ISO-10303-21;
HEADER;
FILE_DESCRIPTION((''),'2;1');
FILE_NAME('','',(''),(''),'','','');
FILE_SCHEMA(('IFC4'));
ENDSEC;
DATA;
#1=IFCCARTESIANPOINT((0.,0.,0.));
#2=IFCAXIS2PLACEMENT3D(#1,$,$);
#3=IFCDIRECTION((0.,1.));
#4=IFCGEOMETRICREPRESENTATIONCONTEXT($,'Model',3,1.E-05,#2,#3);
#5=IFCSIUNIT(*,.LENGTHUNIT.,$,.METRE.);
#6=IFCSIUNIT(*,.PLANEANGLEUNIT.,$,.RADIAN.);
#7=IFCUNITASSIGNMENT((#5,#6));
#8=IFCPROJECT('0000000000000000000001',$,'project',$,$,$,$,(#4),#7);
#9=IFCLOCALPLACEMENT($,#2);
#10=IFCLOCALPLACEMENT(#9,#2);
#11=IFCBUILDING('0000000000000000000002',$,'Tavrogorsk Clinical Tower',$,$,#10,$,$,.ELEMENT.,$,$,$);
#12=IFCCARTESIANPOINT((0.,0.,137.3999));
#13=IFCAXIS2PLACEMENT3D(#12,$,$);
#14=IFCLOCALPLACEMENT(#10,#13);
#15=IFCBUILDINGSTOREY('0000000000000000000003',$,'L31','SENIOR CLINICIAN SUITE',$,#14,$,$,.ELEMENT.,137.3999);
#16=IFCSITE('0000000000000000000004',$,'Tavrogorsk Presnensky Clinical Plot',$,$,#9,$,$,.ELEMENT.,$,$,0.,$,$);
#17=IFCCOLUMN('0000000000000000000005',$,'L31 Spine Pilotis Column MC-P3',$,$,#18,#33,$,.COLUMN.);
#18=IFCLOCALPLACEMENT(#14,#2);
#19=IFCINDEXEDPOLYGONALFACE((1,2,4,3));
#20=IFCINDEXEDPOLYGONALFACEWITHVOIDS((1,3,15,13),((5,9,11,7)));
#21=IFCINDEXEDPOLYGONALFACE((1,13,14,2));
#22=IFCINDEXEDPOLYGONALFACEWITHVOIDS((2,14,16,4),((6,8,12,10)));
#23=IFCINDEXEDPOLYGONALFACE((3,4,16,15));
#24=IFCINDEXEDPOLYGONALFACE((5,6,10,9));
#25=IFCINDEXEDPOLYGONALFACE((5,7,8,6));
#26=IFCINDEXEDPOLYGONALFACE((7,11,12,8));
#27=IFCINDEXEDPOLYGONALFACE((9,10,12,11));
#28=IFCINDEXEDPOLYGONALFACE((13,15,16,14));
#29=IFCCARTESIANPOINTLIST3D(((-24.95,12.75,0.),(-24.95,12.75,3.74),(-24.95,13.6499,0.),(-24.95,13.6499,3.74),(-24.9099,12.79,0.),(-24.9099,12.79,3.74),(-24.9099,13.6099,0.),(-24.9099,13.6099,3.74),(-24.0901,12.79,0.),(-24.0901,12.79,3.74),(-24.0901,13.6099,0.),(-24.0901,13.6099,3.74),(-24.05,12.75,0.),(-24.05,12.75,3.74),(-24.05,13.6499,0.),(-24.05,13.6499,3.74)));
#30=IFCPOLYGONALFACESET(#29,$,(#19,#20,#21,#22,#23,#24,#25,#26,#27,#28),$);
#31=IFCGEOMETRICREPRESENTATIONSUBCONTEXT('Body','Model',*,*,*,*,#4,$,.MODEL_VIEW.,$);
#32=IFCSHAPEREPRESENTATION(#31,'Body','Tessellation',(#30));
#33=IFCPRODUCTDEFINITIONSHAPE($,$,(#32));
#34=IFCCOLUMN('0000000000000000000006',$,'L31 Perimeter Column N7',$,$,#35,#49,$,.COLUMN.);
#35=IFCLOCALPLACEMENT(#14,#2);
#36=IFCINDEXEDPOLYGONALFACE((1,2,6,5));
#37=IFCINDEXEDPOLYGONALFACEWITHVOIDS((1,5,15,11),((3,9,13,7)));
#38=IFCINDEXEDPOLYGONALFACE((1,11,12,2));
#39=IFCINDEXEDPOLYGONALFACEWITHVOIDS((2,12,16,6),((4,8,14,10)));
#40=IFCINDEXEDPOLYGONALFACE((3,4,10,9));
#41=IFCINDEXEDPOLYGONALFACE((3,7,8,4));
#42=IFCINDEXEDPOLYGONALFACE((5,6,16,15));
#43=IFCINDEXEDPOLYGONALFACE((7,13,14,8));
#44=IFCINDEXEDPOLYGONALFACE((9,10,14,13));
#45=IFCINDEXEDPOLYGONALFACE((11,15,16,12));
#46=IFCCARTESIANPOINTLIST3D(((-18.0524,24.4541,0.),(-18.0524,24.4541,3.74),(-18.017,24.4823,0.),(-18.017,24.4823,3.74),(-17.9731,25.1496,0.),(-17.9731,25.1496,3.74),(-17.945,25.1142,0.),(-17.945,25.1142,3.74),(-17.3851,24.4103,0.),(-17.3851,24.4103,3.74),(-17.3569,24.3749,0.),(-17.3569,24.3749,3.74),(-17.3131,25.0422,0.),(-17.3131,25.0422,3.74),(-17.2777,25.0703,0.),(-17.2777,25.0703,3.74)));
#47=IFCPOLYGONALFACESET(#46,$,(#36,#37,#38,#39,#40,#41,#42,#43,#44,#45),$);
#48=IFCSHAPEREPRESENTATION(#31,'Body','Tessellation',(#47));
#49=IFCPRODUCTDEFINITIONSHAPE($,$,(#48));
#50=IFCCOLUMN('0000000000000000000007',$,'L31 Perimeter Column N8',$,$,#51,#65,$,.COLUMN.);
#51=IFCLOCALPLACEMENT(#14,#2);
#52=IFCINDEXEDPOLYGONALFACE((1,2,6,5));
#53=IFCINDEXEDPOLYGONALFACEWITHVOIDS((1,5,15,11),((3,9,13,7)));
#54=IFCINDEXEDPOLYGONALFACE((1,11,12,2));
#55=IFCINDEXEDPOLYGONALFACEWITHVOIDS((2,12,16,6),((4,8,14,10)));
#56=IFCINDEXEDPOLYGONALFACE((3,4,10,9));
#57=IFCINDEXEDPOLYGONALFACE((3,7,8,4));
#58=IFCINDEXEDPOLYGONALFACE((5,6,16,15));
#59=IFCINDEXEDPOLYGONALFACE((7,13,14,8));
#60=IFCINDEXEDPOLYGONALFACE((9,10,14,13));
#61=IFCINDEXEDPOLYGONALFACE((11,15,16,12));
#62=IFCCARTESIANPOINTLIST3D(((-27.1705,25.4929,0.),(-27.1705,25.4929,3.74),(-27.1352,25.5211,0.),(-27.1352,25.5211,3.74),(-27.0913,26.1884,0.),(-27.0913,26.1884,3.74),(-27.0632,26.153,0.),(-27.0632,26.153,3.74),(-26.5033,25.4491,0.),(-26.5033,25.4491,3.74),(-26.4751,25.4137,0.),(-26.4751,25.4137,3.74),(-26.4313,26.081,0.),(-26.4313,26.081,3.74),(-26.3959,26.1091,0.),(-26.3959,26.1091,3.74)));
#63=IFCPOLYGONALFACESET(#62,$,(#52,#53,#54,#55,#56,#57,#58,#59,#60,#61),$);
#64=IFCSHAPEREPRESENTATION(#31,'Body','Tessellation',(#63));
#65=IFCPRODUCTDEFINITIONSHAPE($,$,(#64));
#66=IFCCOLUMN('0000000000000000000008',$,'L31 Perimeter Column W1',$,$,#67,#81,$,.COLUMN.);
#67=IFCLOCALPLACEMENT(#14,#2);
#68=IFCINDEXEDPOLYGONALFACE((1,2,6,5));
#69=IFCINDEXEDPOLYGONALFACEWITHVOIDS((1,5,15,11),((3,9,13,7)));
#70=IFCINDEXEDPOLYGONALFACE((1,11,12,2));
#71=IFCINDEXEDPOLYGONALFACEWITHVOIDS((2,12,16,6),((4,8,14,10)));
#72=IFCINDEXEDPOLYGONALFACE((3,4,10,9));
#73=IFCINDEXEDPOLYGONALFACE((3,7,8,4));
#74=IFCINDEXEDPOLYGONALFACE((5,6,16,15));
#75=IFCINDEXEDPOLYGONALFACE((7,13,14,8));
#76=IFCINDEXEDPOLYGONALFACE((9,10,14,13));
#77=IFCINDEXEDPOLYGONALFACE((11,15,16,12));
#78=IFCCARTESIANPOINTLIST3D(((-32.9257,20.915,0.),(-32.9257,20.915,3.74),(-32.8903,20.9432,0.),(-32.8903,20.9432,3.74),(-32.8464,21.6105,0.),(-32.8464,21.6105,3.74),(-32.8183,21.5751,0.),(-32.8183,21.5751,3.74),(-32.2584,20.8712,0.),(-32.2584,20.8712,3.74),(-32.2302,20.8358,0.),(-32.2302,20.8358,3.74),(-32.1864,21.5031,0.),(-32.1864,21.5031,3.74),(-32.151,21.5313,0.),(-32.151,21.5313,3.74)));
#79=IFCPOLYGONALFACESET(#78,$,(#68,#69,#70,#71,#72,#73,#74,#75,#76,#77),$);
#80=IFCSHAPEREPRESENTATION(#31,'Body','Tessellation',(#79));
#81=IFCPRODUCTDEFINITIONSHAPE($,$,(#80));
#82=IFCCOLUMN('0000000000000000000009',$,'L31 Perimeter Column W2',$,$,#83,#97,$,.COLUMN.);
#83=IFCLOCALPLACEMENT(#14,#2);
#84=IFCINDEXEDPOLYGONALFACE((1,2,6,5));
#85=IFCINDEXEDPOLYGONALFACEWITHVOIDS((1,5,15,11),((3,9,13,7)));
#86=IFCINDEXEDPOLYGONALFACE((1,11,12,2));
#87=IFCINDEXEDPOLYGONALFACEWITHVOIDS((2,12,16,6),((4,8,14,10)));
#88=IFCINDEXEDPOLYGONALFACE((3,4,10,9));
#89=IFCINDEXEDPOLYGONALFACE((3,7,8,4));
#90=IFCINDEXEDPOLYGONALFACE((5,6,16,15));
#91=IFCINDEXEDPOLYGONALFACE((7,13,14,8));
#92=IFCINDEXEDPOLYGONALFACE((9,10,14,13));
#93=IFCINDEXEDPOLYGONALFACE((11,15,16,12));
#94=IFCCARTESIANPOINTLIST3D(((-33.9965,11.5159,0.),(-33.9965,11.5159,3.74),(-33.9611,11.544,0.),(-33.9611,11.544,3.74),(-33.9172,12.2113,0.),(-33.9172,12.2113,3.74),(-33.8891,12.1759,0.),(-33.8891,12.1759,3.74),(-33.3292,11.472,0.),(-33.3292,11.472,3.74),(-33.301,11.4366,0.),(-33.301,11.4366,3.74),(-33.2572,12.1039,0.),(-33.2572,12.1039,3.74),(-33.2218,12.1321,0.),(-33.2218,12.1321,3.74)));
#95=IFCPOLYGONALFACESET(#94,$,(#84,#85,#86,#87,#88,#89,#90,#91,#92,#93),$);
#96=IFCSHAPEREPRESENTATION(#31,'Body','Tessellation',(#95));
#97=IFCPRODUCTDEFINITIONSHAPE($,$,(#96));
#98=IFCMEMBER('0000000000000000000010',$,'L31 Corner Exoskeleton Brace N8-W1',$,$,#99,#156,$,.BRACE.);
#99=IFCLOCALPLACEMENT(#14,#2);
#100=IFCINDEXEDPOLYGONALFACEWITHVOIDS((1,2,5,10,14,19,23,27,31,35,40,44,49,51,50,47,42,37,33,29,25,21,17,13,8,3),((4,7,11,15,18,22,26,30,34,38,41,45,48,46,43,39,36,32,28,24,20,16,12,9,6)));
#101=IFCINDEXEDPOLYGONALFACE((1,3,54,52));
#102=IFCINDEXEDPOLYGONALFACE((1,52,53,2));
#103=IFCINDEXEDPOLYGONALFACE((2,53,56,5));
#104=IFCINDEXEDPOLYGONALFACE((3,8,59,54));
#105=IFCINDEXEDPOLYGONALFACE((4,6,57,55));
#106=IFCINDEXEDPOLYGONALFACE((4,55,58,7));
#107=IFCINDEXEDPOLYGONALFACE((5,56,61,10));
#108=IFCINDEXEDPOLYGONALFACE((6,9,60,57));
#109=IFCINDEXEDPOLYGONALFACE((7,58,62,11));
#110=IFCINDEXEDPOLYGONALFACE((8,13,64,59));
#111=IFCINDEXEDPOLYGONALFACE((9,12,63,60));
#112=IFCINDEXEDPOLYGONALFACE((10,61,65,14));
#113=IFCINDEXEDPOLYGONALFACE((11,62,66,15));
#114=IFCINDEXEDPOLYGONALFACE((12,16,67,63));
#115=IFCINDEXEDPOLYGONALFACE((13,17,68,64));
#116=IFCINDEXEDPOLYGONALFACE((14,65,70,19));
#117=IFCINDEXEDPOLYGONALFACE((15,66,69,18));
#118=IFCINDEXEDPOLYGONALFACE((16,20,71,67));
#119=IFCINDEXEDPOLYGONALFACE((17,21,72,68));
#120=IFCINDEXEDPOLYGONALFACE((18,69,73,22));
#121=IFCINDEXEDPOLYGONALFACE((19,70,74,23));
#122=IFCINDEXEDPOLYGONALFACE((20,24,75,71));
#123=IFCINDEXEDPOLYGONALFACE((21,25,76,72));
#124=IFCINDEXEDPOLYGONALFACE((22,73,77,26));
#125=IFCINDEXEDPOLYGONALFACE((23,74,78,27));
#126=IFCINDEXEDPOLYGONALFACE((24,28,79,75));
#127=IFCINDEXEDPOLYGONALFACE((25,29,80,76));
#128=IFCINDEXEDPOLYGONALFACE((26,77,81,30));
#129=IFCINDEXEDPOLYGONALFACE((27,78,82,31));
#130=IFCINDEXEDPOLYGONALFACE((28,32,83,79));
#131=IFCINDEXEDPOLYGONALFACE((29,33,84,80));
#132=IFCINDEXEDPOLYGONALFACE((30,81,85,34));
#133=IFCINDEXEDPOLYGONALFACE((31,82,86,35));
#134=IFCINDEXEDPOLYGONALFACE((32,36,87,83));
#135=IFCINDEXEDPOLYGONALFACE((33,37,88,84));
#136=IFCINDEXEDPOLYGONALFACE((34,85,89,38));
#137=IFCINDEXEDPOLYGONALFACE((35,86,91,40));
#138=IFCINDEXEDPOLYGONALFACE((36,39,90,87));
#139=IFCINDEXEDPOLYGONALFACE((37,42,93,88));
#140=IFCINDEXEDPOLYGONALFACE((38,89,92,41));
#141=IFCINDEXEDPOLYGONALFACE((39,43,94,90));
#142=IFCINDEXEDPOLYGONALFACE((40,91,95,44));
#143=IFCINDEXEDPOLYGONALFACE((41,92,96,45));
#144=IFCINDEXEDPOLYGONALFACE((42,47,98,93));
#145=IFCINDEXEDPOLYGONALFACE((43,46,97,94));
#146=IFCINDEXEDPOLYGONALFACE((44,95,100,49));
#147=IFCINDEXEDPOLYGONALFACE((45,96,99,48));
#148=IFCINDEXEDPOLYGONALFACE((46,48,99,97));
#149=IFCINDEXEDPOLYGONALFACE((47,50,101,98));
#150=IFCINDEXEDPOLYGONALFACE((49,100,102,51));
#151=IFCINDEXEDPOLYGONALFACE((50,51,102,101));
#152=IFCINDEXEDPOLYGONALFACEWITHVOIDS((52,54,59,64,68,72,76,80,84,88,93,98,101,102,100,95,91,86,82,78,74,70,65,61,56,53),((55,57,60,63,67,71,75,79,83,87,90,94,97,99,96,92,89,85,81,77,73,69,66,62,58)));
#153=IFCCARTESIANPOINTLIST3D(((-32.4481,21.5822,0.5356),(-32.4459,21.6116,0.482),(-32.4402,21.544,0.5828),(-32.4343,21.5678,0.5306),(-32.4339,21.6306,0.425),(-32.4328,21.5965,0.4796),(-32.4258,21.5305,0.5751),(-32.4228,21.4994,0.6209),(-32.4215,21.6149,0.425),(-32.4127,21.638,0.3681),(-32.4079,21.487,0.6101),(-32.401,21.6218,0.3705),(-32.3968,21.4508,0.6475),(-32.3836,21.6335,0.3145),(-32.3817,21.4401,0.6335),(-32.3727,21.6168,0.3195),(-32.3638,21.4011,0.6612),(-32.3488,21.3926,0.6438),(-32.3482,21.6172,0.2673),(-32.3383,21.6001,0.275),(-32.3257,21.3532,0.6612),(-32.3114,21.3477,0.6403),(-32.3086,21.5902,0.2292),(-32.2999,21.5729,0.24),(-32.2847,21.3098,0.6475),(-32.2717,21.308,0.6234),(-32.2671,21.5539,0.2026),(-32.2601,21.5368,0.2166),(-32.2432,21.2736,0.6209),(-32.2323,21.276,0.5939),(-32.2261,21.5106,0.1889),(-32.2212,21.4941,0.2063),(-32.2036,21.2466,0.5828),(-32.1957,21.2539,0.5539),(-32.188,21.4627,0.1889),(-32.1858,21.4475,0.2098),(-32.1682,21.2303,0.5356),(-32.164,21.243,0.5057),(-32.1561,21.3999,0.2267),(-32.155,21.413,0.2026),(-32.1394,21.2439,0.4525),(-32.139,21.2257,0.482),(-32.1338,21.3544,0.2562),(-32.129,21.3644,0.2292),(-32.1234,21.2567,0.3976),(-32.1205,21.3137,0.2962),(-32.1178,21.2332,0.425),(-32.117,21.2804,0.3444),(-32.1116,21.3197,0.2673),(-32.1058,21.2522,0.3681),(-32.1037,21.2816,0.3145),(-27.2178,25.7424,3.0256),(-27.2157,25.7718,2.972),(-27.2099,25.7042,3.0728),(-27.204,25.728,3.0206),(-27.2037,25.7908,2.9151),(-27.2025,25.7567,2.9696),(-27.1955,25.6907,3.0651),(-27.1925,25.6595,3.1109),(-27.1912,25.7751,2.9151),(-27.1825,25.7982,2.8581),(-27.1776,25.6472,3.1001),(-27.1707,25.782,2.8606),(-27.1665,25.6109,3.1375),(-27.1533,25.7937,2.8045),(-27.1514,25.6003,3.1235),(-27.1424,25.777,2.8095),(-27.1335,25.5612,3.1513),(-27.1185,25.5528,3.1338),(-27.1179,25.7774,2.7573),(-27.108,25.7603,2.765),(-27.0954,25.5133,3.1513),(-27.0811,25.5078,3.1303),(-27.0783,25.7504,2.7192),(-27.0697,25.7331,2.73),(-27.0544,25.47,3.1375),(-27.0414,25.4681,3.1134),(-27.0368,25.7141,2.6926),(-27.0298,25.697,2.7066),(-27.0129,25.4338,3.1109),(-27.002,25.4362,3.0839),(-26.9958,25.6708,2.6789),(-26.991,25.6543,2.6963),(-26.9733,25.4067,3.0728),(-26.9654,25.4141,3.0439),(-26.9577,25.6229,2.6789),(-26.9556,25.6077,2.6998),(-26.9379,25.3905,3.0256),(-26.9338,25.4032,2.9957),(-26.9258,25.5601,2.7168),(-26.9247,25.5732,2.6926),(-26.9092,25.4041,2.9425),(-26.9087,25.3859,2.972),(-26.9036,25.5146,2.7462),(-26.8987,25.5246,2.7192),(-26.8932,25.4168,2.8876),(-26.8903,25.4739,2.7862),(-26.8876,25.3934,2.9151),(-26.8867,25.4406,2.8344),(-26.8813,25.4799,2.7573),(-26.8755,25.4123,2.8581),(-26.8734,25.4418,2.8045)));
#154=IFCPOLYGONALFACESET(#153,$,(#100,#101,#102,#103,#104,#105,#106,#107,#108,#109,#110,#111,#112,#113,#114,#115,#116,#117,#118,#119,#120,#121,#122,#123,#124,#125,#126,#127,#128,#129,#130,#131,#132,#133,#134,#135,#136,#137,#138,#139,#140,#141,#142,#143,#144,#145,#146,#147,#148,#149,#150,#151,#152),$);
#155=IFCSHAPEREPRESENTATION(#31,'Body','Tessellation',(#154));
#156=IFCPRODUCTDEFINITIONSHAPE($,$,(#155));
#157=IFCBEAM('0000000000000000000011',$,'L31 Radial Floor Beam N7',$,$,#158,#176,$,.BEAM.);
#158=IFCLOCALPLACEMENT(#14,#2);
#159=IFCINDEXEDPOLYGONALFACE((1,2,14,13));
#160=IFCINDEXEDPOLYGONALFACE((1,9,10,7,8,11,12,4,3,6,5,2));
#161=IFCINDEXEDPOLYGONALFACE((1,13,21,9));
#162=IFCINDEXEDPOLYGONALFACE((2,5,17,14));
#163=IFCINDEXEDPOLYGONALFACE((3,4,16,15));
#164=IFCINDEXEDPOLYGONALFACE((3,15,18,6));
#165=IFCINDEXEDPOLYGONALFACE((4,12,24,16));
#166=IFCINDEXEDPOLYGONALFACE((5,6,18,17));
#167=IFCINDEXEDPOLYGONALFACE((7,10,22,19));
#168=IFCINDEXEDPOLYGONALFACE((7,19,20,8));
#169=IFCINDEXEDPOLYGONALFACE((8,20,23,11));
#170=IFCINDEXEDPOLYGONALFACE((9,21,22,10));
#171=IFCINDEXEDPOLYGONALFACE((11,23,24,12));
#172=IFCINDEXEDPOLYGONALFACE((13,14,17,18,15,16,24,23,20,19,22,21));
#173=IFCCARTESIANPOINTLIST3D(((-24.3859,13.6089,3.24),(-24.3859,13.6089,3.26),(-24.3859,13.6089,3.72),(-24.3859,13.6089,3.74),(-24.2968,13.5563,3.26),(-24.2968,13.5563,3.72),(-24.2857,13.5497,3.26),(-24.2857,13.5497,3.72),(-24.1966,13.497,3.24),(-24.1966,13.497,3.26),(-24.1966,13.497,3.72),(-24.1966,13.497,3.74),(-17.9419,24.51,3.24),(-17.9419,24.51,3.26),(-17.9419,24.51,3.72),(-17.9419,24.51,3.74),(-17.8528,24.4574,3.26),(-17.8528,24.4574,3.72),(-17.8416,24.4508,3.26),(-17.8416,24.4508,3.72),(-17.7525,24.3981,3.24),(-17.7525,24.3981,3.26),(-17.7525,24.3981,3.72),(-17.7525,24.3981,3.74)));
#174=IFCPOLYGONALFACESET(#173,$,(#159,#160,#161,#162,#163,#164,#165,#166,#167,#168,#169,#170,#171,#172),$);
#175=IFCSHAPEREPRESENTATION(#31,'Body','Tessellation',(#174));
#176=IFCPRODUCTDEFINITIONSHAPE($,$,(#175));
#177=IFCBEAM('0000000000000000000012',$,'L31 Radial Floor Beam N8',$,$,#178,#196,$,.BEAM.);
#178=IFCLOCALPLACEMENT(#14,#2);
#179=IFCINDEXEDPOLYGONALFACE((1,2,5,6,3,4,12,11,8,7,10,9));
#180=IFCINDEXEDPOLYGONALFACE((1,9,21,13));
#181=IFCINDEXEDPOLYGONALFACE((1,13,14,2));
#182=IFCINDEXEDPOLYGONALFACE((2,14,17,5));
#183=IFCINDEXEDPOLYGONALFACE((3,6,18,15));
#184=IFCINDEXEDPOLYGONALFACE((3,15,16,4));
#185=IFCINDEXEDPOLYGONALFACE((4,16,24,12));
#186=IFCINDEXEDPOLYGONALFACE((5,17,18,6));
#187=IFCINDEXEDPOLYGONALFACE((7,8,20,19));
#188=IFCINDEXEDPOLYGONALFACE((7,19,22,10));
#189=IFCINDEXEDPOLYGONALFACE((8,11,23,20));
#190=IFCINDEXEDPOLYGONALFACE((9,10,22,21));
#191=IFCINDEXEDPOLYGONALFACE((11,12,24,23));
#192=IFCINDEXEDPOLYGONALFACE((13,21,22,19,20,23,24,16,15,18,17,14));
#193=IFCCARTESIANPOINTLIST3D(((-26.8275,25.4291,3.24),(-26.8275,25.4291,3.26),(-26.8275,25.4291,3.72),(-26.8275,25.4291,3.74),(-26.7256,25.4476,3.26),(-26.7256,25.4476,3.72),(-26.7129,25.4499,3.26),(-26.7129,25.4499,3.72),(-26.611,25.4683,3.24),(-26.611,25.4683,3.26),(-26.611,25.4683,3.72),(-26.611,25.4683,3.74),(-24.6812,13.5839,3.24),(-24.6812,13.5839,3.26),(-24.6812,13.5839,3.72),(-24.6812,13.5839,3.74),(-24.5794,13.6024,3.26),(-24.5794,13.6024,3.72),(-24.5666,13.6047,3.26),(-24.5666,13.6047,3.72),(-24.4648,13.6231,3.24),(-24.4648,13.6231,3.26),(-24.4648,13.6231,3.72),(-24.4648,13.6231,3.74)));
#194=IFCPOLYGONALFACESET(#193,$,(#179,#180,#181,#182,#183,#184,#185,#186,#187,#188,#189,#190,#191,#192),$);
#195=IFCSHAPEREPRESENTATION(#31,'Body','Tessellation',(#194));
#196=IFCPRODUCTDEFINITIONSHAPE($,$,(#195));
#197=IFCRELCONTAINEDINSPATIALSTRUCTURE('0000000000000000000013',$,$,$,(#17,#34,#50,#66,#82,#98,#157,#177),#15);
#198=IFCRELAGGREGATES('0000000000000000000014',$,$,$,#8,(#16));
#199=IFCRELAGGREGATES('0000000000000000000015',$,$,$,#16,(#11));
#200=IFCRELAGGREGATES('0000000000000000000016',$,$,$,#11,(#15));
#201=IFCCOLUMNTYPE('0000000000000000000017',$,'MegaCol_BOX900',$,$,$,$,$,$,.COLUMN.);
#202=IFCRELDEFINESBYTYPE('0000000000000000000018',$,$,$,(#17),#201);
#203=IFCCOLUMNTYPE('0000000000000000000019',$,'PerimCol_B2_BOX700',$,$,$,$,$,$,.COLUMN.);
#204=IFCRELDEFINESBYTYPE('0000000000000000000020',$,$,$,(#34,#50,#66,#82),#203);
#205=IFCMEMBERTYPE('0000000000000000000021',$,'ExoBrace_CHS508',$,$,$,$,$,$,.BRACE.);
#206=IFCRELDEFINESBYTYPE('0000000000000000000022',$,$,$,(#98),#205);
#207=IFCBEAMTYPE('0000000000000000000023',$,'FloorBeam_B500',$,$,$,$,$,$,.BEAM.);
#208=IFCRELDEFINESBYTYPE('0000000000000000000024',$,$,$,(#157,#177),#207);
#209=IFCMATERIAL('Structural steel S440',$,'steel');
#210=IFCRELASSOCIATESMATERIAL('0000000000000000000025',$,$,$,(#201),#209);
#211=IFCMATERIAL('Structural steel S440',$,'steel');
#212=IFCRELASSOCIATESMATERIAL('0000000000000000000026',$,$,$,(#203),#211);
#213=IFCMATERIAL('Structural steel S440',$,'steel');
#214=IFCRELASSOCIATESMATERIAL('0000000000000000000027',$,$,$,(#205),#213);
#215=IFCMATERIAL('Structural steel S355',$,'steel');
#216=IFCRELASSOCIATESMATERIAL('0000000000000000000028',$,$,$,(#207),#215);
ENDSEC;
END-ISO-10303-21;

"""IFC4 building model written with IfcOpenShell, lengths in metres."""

from ifc_helpers import new_model, si_unit, direction, frame, origin, origin_2d, place, context, subcontext, project, spatial, hollow_rectangle, hollow_circle, i_section, extrude, material, material_profile, profile_set, type_object, element, save


model = new_model("IFC4")

# Units and contexts
model_context = context("Model", 3, precision=1e-05, world=origin(), true_north=direction((0.0, 1.0)))
body_context = subcontext(model_context, "Body", "Model", "MODEL_VIEW")
ifc_project = project(units=[si_unit("LENGTHUNIT", "METRE"), si_unit("PLANEANGLEUNIT", "RADIAN")], contexts=[model_context])

# Site, building, storey
site_placement = place(None, origin())
site = spatial("IfcSite", under=ifc_project, at=site_placement, Name="Tavrogorsk Presnensky Clinical Plot", CompositionType="ELEMENT", RefElevation=0.0)
building_placement = place(site_placement, origin())
building = spatial("IfcBuilding", under=site, at=building_placement, Name="Tavrogorsk Clinical Tower", CompositionType="ELEMENT")
storey_placement = place(building_placement, frame((0.0, 0.0, 137.3999)))
storey = spatial("IfcBuildingStorey", under=building, at=storey_placement, Name="L31", Description="SENIOR CLINICIAN SUITE", CompositionType="ELEMENT", Elevation=137.3999)

# Columns
ifc_material_1 = material(Name="Structural steel S440", Category="steel")
ifc_material_profile_1 = material_profile(ifc_material_1, hollow_rectangle(XDim=0.8999, YDim=0.8999, WallThickness=0.04, at=origin_2d()), Name="BOX-900x900x40")
ifc_profile_set_1 = profile_set([ifc_material_profile_1], Name="Structural steel S440")
column_type_1 = type_object("IfcColumnType", Name="MegaCol_BOX900", PredefinedType="COLUMN", material=ifc_profile_set_1)
column_placement = place(storey_placement, frame((-24.5, 13.2, 0.0), z_axis=(0.0, 0.0, 1.0), x_axis=(1.0, 0.0, 0.0)))
element("IfcColumn", 1, at=column_placement, inside=storey, type_object=column_type_1, Name="L31 Spine Pilotis Column MC-P3", PredefinedType="COLUMN", context=body_context, shape_type="SweptSolid", body=[
    extrude(hollow_rectangle(XDim=0.8999, YDim=0.8999, WallThickness=0.04, at=origin_2d()), origin(), (0.0, 0.0, 1.0), 3.74),
])
ifc_material_2 = material(Name="Structural steel S440", Category="steel")
ifc_material_profile_2 = material_profile(ifc_material_2, hollow_rectangle(XDim=0.7, YDim=0.7, WallThickness=0.032, at=origin_2d()), Name="BOX-700x700x32")
ifc_profile_set_2 = profile_set([ifc_material_profile_2], Name="Structural steel S440")
column_type_2 = type_object("IfcColumnType", Name="PerimCol_B2_BOX700", PredefinedType="COLUMN", material=ifc_profile_set_2)
for number, where, z_axis, x_axis, name in (
    (2, (-17.665, 24.7622, 0.0), (0.0, 0.0, 1.0), (0.993572, -0.113203, 0.0), "L31 Perimeter Column N7"),
    (3, (-26.7832, 25.801, 0.0), (0.0, 0.0, 1.0), (0.993572, -0.113203, 0.0), "L31 Perimeter Column N8"),
    (4, (-32.5383, 21.2231, 0.0), (0.0, 0.0, 1.0), (0.993572, -0.113203, 0.0), "L31 Perimeter Column W1"),
    (5, (-33.6091, 11.824, 0.0), (0.0, 0.0, 1.0), (0.993572, -0.113203, 0.0), "L31 Perimeter Column W2"),
):
    element("IfcColumn", number, at=place(storey_placement, frame(where, z_axis=z_axis, x_axis=x_axis)), inside=storey, type_object=column_type_2, Name=name, PredefinedType="COLUMN", context=body_context, shape_type="SweptSolid", body=[
        extrude(hollow_rectangle(XDim=0.7, YDim=0.7, WallThickness=0.032, at=origin_2d()), origin(), (0.0, 0.0, 1.0), 3.74),
    ])

# Member
ifc_material_3 = material(Name="Structural steel S440", Category="steel")
ifc_material_profile_3 = material_profile(ifc_material_3, hollow_circle(Radius=0.2539, WallThickness=0.02, at=origin_2d()), Name="CHS-508x20")
ifc_profile_set_3 = profile_set([ifc_material_profile_3], Name="Structural steel S440")
member_type_1 = type_object("IfcMemberType", Name="ExoBrace_CHS508", PredefinedType="BRACE", material=ifc_profile_set_3)
member_1_placement = place(storey_placement, frame((-32.2759, 21.4319, 0.425), z_axis=(0.733369, 0.583327, 0.34914), x_axis=(-0.622501, 0.782619, 0.0)))
element("IfcMember", 6, at=member_1_placement, inside=storey, type_object=member_type_1, Name="L31 Corner Exoskeleton Brace N8-W1", PredefinedType="BRACE", context=body_context, shape_type="SweptSolid", body=[
    extrude(hollow_circle(Radius=0.2539, WallThickness=0.02, at=origin_2d()), origin(), (0.0, 0.0, 1.0), 7.1318),
])

# Beams
ifc_material_4 = material(Name="Structural steel S355", Category="steel")
ifc_material_profile_4 = material_profile(ifc_material_4, i_section(OverallWidth=0.22, OverallDepth=0.5, WebThickness=0.0129, FlangeThickness=0.02, at=origin_2d()), Name="B-500x220x13x20")
ifc_profile_set_4 = profile_set([ifc_material_profile_4], Name="Structural steel S355")
beam_type_1 = type_object("IfcBeamType", Name="FloorBeam_B500", PredefinedType="BEAM", material=ifc_profile_set_4)
beam_1_placement = place(storey_placement, frame((-24.2913, 13.553, 3.49), z_axis=(0.508877, 0.860839, 0.0), x_axis=(-0.860839, 0.508877, 0.0)))
element("IfcBeam", 7, at=beam_1_placement, inside=storey, type_object=beam_type_1, Name="L31 Radial Floor Beam N7", PredefinedType="BEAM", context=body_context, shape_type="SweptSolid", body=[
    extrude(i_section(OverallWidth=0.22, OverallDepth=0.5, WebThickness=0.0129, FlangeThickness=0.02, at=origin_2d()), origin(), (0.0, 0.0, 1.0), 12.6633),
])
beam_2_placement = place(storey_placement, frame((-24.573, 13.6035, 3.49), z_axis=(-0.178288, 0.983978, 0.0), x_axis=(-0.983978, -0.178288, 0.0)))
element("IfcBeam", 8, at=beam_2_placement, inside=storey, type_object=beam_type_1, Name="L31 Radial Floor Beam N8", PredefinedType="BEAM", context=body_context, shape_type="SweptSolid", body=[
    extrude(i_section(OverallWidth=0.22, OverallDepth=0.5, WebThickness=0.0129, FlangeThickness=0.02, at=origin_2d()), origin(), (0.0, 0.0, 1.0), 12.0381),
])

save(model, "model.ifc")
